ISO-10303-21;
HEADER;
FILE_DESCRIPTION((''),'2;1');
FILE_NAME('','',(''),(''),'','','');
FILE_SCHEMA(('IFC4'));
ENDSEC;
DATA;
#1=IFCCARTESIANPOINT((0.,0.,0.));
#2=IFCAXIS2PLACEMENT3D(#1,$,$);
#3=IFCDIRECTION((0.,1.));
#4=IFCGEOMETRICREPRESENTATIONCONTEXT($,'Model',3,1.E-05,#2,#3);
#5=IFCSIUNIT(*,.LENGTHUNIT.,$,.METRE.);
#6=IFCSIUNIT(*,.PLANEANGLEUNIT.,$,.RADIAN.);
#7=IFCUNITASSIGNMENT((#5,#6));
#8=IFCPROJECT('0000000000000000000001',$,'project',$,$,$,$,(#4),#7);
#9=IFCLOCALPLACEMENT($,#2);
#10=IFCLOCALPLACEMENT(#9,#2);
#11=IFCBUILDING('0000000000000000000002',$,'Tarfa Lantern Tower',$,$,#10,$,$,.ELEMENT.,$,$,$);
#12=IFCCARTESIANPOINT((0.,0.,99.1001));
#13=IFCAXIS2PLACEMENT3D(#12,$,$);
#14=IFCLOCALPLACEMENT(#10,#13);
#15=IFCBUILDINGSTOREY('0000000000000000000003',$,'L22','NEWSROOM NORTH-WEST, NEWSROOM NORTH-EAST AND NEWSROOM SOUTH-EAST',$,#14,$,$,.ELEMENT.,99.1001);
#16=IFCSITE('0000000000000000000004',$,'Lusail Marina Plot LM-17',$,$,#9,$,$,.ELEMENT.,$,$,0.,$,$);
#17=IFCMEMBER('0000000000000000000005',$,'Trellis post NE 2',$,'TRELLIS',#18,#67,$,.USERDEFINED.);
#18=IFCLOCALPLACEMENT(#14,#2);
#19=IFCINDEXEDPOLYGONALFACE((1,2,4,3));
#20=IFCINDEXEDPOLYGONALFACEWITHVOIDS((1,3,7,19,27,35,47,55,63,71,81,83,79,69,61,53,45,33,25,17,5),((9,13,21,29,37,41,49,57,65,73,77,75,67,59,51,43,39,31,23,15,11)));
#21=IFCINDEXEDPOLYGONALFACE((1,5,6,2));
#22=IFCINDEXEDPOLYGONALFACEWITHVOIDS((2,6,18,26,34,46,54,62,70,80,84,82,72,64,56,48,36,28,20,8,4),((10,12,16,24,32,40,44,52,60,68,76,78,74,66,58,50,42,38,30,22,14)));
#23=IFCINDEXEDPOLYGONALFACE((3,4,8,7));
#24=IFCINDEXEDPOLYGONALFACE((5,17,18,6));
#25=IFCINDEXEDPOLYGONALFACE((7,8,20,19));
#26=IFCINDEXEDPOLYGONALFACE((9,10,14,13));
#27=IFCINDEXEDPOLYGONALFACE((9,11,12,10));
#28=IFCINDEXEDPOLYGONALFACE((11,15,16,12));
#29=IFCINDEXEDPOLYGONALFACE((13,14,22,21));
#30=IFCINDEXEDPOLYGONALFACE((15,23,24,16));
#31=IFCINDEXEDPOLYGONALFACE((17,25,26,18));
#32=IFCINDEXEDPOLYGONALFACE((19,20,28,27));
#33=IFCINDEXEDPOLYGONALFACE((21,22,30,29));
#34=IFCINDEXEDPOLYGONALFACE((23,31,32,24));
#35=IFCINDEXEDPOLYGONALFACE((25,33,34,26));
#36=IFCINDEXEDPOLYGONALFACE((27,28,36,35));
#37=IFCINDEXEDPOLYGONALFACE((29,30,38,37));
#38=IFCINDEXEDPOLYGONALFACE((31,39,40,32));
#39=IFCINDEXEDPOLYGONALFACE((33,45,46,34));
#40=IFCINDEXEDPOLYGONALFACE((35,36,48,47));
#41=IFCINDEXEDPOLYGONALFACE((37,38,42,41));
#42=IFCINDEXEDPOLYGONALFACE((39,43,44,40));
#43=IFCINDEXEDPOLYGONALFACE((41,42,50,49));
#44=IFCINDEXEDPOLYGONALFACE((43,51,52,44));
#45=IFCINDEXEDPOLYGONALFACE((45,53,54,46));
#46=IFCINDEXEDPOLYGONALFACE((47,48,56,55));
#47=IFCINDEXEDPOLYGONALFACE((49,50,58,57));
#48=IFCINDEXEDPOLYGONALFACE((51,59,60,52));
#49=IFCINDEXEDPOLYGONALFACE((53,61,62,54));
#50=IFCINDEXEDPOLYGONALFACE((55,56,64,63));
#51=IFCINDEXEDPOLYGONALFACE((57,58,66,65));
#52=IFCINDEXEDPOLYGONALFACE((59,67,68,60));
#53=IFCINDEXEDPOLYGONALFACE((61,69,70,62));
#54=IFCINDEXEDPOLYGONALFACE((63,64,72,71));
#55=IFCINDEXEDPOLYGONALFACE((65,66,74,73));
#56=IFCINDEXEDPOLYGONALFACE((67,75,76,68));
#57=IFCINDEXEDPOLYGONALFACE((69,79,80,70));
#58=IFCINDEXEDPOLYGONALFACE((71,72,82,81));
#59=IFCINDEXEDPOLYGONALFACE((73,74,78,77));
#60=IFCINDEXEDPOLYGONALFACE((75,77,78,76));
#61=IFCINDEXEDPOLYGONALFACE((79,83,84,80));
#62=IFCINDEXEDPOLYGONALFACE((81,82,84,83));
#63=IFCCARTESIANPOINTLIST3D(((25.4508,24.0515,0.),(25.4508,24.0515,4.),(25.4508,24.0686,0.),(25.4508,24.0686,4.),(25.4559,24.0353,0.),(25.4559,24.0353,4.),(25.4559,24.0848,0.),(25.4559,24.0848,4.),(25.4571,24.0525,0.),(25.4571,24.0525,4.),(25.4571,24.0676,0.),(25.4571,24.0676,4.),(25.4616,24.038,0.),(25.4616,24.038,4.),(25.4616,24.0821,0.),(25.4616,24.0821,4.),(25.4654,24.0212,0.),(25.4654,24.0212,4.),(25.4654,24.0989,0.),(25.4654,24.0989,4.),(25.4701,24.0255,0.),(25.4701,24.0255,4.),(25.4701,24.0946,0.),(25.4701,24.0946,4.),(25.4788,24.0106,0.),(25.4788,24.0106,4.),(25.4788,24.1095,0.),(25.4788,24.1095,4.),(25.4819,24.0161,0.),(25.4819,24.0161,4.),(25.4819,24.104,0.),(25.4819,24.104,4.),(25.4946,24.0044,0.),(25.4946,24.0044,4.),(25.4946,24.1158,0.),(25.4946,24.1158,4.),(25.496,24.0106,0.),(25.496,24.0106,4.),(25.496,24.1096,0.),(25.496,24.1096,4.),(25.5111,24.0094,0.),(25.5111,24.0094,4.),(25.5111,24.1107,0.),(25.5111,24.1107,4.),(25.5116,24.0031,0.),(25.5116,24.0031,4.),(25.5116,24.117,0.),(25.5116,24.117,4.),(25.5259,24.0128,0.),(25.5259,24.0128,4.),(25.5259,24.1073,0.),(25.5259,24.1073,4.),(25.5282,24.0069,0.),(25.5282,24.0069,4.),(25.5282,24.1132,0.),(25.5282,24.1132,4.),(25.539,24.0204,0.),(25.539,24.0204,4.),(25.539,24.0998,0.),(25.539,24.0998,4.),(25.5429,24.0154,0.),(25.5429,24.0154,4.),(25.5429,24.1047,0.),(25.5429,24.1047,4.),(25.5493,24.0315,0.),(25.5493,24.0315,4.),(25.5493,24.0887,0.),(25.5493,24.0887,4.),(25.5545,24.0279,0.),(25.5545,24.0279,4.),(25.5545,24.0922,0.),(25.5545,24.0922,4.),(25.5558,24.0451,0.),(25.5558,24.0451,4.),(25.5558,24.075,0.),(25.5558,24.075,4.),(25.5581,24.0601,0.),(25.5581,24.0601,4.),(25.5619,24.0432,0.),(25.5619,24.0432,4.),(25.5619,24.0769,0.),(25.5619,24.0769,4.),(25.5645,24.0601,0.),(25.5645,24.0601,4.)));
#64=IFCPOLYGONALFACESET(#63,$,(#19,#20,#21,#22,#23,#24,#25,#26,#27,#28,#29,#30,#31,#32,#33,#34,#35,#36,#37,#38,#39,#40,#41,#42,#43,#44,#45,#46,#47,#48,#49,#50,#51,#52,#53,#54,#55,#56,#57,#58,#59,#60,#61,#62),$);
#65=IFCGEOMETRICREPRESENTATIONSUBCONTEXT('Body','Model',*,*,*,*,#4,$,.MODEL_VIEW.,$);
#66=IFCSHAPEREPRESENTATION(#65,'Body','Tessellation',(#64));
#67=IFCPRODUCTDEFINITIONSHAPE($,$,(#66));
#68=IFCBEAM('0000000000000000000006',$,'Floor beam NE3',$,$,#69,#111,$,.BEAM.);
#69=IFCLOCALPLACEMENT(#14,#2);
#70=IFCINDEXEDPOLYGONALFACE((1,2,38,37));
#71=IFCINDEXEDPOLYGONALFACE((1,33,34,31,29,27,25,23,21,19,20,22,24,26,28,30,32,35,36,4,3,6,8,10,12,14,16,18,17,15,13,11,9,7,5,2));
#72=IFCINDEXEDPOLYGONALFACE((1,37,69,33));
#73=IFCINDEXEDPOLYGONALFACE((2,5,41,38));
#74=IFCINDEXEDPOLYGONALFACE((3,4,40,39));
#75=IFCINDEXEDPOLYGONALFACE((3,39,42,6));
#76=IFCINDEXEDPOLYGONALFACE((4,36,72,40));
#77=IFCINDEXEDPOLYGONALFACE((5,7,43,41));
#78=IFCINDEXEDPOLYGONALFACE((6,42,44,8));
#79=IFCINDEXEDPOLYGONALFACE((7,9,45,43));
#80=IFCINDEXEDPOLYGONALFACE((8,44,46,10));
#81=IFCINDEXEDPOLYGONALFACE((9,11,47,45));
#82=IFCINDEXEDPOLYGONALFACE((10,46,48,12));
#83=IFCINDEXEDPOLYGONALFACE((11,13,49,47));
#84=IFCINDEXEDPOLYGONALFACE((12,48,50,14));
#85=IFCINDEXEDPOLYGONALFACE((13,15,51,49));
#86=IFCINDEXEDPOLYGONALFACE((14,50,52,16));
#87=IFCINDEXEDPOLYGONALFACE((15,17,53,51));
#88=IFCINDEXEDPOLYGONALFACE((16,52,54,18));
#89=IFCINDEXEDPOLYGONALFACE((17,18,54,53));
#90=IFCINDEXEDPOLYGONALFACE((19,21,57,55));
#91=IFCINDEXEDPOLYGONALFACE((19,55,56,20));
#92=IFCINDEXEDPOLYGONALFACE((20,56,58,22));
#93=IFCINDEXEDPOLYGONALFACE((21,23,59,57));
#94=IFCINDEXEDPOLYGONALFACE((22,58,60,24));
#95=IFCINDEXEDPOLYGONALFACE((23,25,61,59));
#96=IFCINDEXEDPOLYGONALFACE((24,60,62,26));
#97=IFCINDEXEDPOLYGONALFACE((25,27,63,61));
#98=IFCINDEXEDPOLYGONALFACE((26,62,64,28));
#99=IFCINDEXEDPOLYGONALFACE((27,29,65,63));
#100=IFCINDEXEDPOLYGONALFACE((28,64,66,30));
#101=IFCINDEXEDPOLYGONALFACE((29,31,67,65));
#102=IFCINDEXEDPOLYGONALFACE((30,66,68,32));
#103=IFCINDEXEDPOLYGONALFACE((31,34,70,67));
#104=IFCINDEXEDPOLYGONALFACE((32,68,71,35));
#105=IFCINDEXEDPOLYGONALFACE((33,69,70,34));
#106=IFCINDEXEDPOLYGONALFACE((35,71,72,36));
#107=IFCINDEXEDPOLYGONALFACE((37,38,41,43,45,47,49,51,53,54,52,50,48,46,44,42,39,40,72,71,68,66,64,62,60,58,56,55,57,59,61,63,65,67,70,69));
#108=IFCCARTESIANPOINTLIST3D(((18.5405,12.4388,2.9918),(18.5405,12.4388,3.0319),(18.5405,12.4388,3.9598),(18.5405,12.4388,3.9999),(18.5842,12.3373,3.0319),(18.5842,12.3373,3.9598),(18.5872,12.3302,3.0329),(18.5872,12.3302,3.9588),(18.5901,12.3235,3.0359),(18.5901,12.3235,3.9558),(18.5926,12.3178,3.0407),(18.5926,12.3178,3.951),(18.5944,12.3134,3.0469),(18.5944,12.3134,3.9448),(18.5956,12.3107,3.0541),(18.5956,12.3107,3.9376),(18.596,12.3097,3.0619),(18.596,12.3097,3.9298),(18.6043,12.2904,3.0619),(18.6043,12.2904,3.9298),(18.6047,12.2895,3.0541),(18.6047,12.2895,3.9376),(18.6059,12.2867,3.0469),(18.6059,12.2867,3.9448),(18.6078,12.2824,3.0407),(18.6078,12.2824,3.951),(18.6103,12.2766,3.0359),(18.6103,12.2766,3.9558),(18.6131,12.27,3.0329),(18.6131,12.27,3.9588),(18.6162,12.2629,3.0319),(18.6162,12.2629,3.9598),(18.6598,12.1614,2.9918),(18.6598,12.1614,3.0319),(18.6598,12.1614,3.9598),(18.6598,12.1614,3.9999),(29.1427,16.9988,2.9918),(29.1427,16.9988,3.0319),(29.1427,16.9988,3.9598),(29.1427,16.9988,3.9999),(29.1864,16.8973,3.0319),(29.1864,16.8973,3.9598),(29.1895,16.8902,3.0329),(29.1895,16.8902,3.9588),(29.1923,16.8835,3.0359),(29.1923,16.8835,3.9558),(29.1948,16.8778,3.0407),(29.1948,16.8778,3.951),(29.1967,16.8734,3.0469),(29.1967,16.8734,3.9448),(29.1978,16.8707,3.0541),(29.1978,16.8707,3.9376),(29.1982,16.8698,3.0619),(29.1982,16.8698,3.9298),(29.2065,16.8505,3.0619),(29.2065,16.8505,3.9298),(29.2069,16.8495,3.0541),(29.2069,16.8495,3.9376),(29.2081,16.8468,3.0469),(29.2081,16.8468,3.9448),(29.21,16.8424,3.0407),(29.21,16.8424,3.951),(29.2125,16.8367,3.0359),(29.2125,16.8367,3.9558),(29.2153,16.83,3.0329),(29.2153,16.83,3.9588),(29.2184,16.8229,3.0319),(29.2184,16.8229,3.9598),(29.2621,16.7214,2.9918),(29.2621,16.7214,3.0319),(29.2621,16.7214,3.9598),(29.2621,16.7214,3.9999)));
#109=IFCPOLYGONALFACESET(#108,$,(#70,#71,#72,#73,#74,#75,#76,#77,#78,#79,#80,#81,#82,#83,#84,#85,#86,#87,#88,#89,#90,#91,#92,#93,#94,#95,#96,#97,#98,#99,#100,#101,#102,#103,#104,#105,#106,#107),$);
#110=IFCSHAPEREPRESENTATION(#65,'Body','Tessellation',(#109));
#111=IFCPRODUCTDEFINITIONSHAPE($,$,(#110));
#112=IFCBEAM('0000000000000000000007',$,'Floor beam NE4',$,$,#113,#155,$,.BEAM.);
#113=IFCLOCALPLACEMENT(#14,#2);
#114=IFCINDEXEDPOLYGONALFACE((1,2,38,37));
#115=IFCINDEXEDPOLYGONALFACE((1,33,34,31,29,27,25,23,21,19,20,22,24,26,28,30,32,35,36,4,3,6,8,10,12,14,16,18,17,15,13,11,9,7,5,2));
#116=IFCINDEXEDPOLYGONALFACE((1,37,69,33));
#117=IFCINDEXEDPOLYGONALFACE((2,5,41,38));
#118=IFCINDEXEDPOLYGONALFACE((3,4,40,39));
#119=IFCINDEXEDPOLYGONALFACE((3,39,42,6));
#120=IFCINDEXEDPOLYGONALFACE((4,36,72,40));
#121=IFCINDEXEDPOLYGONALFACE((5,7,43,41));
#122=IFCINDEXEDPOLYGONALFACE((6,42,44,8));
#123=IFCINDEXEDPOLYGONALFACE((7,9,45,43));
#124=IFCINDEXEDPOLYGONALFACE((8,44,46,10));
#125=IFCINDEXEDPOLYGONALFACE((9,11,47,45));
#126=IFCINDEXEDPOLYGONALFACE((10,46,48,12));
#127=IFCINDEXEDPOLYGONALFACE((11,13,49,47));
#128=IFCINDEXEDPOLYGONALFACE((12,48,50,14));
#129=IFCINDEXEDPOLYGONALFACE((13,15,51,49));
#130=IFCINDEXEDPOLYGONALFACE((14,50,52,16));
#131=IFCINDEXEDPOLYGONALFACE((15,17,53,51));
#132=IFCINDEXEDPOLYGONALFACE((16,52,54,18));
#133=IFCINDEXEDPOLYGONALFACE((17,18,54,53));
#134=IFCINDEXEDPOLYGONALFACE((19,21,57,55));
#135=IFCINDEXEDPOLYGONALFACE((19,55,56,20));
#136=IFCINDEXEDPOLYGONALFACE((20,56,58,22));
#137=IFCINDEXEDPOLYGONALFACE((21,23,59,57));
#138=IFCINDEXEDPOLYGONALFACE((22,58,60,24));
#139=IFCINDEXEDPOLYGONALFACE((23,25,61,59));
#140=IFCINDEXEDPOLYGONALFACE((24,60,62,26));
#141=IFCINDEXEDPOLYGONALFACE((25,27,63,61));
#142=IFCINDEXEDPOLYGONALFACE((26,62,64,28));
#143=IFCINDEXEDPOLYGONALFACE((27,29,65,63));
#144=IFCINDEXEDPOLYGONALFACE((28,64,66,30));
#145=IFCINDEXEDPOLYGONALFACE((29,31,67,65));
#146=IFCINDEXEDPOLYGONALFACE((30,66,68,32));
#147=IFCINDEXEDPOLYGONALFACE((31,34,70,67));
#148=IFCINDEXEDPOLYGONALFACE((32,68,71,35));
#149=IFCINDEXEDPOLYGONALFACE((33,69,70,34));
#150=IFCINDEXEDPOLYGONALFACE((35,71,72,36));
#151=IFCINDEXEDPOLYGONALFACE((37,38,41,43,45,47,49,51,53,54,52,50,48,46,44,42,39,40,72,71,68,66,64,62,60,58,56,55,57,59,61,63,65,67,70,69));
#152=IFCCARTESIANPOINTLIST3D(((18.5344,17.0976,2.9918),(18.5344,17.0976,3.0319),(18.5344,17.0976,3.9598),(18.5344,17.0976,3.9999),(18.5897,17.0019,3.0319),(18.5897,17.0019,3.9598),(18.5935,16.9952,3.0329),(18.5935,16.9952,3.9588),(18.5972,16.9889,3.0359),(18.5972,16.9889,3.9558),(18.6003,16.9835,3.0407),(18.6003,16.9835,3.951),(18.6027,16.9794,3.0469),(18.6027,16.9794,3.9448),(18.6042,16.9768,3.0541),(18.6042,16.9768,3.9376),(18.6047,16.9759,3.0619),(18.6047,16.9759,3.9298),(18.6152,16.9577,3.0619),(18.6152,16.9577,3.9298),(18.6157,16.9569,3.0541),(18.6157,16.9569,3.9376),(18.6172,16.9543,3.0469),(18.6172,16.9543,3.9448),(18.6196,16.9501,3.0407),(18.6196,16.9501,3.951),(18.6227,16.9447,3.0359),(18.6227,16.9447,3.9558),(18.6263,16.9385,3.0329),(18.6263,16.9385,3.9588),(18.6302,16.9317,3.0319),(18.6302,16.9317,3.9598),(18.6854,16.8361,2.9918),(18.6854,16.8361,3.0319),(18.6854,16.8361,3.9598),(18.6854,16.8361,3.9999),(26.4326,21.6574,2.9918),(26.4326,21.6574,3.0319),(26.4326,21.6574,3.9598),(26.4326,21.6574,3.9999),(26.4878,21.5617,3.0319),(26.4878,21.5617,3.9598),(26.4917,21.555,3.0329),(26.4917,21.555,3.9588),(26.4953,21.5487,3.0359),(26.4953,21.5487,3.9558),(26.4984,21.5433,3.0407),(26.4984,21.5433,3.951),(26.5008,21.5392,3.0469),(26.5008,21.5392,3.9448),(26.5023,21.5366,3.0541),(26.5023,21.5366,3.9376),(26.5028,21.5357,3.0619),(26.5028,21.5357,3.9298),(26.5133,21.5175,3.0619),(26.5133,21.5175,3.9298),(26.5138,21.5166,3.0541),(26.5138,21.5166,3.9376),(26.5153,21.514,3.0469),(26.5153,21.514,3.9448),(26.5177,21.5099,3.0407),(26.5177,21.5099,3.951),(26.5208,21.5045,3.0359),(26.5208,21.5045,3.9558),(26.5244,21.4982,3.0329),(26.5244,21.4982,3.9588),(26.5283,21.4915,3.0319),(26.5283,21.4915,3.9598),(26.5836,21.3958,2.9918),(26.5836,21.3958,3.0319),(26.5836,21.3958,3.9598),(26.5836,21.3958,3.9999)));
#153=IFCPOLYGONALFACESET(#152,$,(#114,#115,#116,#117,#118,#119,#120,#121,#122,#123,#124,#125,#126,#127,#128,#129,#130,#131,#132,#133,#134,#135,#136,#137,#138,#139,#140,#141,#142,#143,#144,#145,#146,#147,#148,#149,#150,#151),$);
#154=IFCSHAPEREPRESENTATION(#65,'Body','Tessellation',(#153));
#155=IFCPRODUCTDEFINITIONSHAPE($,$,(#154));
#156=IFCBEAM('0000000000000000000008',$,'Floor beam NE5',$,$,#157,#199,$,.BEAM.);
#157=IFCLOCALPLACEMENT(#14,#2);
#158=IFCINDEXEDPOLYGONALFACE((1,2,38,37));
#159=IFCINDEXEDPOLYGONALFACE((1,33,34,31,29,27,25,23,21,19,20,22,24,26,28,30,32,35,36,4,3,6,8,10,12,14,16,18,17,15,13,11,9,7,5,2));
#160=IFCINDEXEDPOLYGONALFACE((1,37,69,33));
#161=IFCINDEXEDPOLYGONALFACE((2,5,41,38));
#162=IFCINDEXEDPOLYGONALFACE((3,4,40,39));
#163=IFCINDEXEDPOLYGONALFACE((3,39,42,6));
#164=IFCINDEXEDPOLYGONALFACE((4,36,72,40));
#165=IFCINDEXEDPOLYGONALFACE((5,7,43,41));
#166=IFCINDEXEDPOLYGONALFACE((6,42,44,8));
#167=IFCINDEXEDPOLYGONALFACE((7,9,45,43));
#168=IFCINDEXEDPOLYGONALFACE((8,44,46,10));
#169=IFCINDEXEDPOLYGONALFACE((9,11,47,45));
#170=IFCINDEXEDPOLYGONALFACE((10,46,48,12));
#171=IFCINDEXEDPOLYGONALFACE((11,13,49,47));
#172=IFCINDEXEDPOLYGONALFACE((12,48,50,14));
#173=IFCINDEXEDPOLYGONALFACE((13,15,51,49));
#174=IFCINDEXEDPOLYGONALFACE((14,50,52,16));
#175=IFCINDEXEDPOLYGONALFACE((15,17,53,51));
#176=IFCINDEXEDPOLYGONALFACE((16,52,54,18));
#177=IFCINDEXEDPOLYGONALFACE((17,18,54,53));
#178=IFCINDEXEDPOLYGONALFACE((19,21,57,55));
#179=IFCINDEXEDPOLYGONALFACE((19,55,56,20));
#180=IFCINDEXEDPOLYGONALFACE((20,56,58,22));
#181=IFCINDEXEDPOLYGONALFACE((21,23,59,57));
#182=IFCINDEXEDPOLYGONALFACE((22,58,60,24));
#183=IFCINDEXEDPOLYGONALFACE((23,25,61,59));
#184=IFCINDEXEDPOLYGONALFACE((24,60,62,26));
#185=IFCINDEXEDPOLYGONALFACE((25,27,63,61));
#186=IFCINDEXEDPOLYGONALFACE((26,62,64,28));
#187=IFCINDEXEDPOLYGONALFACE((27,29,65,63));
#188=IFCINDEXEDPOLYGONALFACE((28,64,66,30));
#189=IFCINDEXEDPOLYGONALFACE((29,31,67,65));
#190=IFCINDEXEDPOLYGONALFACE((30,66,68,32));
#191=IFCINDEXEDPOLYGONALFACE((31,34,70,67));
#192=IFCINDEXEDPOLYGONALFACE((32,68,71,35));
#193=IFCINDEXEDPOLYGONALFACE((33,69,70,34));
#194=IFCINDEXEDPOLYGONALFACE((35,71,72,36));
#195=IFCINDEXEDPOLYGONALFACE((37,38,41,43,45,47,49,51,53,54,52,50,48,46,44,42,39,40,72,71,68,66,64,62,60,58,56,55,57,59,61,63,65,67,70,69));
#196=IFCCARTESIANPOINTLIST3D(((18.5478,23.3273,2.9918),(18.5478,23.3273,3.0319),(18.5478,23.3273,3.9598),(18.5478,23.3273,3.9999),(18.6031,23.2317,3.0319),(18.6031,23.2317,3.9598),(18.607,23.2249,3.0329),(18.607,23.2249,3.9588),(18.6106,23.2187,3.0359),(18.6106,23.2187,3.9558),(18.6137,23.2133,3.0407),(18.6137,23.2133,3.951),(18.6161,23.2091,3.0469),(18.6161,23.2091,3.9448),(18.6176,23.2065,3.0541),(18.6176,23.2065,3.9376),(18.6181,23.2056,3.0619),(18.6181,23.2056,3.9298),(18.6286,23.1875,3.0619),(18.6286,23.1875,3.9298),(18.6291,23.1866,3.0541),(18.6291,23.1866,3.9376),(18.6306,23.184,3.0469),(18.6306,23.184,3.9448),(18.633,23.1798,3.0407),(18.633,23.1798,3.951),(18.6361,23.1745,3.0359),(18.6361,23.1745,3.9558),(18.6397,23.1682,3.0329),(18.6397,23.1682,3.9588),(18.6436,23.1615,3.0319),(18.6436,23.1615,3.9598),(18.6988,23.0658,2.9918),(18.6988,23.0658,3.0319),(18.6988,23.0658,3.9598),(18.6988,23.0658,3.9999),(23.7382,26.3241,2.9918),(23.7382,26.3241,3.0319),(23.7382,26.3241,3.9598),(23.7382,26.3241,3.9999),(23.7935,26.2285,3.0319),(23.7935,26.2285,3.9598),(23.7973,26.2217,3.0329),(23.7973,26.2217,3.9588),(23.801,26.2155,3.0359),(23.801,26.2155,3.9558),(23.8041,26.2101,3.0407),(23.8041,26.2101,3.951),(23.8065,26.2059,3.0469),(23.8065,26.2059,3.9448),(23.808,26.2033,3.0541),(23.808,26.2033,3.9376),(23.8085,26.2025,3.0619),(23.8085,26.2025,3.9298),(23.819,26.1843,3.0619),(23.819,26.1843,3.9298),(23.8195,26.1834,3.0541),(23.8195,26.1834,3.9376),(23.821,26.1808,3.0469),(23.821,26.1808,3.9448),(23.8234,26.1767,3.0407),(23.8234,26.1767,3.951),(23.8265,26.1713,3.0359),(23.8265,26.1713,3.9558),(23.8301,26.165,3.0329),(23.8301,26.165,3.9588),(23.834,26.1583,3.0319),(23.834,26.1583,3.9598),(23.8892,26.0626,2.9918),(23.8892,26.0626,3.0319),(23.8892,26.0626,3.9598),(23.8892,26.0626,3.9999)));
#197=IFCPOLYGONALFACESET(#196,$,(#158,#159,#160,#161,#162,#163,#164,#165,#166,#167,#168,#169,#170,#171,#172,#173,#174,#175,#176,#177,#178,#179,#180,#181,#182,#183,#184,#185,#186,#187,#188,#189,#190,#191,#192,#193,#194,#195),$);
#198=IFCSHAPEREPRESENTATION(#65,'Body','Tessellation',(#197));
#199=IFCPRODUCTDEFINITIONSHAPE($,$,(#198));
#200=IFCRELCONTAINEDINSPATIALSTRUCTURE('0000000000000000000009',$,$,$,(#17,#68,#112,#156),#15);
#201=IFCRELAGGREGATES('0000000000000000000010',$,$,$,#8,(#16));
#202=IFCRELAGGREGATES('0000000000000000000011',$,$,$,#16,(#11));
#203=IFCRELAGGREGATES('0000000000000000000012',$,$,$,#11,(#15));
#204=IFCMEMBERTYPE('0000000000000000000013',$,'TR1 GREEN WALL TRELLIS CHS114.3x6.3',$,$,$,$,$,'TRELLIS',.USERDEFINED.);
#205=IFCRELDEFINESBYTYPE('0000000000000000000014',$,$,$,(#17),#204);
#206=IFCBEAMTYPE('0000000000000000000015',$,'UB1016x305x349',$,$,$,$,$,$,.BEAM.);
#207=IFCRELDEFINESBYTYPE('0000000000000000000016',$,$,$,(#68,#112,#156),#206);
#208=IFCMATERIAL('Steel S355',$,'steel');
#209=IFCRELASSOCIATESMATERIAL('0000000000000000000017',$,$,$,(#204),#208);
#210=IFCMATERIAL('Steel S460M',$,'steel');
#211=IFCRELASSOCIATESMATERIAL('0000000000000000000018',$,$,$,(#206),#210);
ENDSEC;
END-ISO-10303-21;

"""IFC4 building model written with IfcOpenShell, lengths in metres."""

from ifc_helpers import new_model, si_unit, direction, frame, origin, origin_2d, place, context, subcontext, project, spatial, hollow_circle, i_section, extrude, material, material_profile, profile_set, type_object, element, save


model = new_model("IFC4")

# Units and contexts
model_context = context("Model", 3, precision=1e-05, world=origin(), true_north=direction((0.0, 1.0)))
body_context = subcontext(model_context, "Body", "Model", "MODEL_VIEW")
ifc_project = project(units=[si_unit("LENGTHUNIT", "METRE"), si_unit("PLANEANGLEUNIT", "RADIAN")], contexts=[model_context])

# Site, building, storey
site_placement = place(None, origin())
site = spatial("IfcSite", under=ifc_project, at=site_placement, Name="Lusail Marina Plot LM-17", CompositionType="ELEMENT", RefElevation=0.0)
building_placement = place(site_placement, origin())
building = spatial("IfcBuilding", under=site, at=building_placement, Name="Tarfa Lantern Tower", CompositionType="ELEMENT")
storey_placement = place(building_placement, frame((0.0, 0.0, 99.1001)))
storey = spatial("IfcBuildingStorey", under=building, at=storey_placement, Name="L22", Description="NEWSROOM NORTH-WEST, NEWSROOM NORTH-EAST AND NEWSROOM SOUTH-EAST", CompositionType="ELEMENT", Elevation=99.1001)

# Member
ifc_material_1 = material(Name="Steel S355", Category="steel")
ifc_material_profile_1 = material_profile(ifc_material_1, hollow_circle(Radius=0.0571, WallThickness=0.0063, at=origin_2d()), Name="CHS114.3x6.3")
ifc_profile_set_1 = profile_set([ifc_material_profile_1], Name="Steel S355")
member_type_1 = type_object("IfcMemberType", Name="TR1 GREEN WALL TRELLIS CHS114.3x6.3", ElementType="TRELLIS", PredefinedType="USERDEFINED", material=ifc_profile_set_1)
member_1_placement = place(storey_placement, frame((25.5073, 24.0601, 0.0), z_axis=(0.0, 0.0, 1.0), x_axis=(1.0, 0.0, 0.0)))
element("IfcMember", 1, at=member_1_placement, inside=storey, type_object=member_type_1, Name="Trellis post NE 2", ObjectType="TRELLIS", PredefinedType="USERDEFINED", context=body_context, shape_type="SweptSolid", body=[
    extrude(hollow_circle(Radius=0.0571, WallThickness=0.0063, at=origin_2d()), origin(), (0.0, 0.0, 1.0), 4.0),
])

# Beams
ifc_material_2 = material(Name="Steel S460M", Category="steel")
ifc_material_profile_2 = material_profile(ifc_material_2, i_section(OverallWidth=0.302, OverallDepth=1.0081, WebThickness=0.021, FlangeThickness=0.04, FilletRadius=0.03, at=origin_2d()), Name="UB1016x305x349")
ifc_profile_set_2 = profile_set([ifc_material_profile_2], Name="Steel S460M")
beam_type_1 = type_object("IfcBeamType", Name="UB1016x305x349", PredefinedType="BEAM", material=ifc_profile_set_2)
beam_1_placement = place(storey_placement, frame((29.2024, 16.8601, 3.4958), z_axis=(-0.918635, -0.395106, 0.0), x_axis=(0.395106, -0.918635, 0.0)))
element("IfcBeam", 2, at=beam_1_placement, inside=storey, type_object=beam_type_1, Name="Floor beam NE3", PredefinedType="BEAM", context=body_context, shape_type="SweptSolid", body=[
    extrude(i_section(OverallWidth=0.302, OverallDepth=1.0081, WebThickness=0.021, FlangeThickness=0.04, FilletRadius=0.03, at=origin_2d()), origin(), (0.0, 0.0, 1.0), 11.5413),
])
beam_2_placement = place(storey_placement, frame((26.5081, 21.5266, 3.4958), z_axis=(-0.866035, -0.499983, 0.0), x_axis=(0.499983, -0.866035, 0.0)))
element("IfcBeam", 3, at=beam_2_placement, inside=storey, type_object=beam_type_1, Name="Floor beam NE4", PredefinedType="BEAM", context=body_context, shape_type="SweptSolid", body=[
    extrude(i_section(OverallWidth=0.302, OverallDepth=1.0081, WebThickness=0.021, FlangeThickness=0.04, FilletRadius=0.03, at=origin_2d()), origin(), (0.0, 0.0, 1.0), 9.1199),
])
beam_3_placement = place(storey_placement, frame((23.8137, 26.1934, 3.4958), z_axis=(-0.866016, -0.500016, 0.0), x_axis=(0.500016, -0.866016, 0.0)))
element("IfcBeam", 4, at=beam_3_placement, inside=storey, type_object=beam_type_1, Name="Floor beam NE5", PredefinedType="BEAM", context=body_context, shape_type="SweptSolid", body=[
    extrude(i_section(OverallWidth=0.302, OverallDepth=1.0081, WebThickness=0.021, FlangeThickness=0.04, FilletRadius=0.03, at=origin_2d()), origin(), (0.0, 0.0, 1.0), 5.9934),
])

save(model, "model.ifc")
